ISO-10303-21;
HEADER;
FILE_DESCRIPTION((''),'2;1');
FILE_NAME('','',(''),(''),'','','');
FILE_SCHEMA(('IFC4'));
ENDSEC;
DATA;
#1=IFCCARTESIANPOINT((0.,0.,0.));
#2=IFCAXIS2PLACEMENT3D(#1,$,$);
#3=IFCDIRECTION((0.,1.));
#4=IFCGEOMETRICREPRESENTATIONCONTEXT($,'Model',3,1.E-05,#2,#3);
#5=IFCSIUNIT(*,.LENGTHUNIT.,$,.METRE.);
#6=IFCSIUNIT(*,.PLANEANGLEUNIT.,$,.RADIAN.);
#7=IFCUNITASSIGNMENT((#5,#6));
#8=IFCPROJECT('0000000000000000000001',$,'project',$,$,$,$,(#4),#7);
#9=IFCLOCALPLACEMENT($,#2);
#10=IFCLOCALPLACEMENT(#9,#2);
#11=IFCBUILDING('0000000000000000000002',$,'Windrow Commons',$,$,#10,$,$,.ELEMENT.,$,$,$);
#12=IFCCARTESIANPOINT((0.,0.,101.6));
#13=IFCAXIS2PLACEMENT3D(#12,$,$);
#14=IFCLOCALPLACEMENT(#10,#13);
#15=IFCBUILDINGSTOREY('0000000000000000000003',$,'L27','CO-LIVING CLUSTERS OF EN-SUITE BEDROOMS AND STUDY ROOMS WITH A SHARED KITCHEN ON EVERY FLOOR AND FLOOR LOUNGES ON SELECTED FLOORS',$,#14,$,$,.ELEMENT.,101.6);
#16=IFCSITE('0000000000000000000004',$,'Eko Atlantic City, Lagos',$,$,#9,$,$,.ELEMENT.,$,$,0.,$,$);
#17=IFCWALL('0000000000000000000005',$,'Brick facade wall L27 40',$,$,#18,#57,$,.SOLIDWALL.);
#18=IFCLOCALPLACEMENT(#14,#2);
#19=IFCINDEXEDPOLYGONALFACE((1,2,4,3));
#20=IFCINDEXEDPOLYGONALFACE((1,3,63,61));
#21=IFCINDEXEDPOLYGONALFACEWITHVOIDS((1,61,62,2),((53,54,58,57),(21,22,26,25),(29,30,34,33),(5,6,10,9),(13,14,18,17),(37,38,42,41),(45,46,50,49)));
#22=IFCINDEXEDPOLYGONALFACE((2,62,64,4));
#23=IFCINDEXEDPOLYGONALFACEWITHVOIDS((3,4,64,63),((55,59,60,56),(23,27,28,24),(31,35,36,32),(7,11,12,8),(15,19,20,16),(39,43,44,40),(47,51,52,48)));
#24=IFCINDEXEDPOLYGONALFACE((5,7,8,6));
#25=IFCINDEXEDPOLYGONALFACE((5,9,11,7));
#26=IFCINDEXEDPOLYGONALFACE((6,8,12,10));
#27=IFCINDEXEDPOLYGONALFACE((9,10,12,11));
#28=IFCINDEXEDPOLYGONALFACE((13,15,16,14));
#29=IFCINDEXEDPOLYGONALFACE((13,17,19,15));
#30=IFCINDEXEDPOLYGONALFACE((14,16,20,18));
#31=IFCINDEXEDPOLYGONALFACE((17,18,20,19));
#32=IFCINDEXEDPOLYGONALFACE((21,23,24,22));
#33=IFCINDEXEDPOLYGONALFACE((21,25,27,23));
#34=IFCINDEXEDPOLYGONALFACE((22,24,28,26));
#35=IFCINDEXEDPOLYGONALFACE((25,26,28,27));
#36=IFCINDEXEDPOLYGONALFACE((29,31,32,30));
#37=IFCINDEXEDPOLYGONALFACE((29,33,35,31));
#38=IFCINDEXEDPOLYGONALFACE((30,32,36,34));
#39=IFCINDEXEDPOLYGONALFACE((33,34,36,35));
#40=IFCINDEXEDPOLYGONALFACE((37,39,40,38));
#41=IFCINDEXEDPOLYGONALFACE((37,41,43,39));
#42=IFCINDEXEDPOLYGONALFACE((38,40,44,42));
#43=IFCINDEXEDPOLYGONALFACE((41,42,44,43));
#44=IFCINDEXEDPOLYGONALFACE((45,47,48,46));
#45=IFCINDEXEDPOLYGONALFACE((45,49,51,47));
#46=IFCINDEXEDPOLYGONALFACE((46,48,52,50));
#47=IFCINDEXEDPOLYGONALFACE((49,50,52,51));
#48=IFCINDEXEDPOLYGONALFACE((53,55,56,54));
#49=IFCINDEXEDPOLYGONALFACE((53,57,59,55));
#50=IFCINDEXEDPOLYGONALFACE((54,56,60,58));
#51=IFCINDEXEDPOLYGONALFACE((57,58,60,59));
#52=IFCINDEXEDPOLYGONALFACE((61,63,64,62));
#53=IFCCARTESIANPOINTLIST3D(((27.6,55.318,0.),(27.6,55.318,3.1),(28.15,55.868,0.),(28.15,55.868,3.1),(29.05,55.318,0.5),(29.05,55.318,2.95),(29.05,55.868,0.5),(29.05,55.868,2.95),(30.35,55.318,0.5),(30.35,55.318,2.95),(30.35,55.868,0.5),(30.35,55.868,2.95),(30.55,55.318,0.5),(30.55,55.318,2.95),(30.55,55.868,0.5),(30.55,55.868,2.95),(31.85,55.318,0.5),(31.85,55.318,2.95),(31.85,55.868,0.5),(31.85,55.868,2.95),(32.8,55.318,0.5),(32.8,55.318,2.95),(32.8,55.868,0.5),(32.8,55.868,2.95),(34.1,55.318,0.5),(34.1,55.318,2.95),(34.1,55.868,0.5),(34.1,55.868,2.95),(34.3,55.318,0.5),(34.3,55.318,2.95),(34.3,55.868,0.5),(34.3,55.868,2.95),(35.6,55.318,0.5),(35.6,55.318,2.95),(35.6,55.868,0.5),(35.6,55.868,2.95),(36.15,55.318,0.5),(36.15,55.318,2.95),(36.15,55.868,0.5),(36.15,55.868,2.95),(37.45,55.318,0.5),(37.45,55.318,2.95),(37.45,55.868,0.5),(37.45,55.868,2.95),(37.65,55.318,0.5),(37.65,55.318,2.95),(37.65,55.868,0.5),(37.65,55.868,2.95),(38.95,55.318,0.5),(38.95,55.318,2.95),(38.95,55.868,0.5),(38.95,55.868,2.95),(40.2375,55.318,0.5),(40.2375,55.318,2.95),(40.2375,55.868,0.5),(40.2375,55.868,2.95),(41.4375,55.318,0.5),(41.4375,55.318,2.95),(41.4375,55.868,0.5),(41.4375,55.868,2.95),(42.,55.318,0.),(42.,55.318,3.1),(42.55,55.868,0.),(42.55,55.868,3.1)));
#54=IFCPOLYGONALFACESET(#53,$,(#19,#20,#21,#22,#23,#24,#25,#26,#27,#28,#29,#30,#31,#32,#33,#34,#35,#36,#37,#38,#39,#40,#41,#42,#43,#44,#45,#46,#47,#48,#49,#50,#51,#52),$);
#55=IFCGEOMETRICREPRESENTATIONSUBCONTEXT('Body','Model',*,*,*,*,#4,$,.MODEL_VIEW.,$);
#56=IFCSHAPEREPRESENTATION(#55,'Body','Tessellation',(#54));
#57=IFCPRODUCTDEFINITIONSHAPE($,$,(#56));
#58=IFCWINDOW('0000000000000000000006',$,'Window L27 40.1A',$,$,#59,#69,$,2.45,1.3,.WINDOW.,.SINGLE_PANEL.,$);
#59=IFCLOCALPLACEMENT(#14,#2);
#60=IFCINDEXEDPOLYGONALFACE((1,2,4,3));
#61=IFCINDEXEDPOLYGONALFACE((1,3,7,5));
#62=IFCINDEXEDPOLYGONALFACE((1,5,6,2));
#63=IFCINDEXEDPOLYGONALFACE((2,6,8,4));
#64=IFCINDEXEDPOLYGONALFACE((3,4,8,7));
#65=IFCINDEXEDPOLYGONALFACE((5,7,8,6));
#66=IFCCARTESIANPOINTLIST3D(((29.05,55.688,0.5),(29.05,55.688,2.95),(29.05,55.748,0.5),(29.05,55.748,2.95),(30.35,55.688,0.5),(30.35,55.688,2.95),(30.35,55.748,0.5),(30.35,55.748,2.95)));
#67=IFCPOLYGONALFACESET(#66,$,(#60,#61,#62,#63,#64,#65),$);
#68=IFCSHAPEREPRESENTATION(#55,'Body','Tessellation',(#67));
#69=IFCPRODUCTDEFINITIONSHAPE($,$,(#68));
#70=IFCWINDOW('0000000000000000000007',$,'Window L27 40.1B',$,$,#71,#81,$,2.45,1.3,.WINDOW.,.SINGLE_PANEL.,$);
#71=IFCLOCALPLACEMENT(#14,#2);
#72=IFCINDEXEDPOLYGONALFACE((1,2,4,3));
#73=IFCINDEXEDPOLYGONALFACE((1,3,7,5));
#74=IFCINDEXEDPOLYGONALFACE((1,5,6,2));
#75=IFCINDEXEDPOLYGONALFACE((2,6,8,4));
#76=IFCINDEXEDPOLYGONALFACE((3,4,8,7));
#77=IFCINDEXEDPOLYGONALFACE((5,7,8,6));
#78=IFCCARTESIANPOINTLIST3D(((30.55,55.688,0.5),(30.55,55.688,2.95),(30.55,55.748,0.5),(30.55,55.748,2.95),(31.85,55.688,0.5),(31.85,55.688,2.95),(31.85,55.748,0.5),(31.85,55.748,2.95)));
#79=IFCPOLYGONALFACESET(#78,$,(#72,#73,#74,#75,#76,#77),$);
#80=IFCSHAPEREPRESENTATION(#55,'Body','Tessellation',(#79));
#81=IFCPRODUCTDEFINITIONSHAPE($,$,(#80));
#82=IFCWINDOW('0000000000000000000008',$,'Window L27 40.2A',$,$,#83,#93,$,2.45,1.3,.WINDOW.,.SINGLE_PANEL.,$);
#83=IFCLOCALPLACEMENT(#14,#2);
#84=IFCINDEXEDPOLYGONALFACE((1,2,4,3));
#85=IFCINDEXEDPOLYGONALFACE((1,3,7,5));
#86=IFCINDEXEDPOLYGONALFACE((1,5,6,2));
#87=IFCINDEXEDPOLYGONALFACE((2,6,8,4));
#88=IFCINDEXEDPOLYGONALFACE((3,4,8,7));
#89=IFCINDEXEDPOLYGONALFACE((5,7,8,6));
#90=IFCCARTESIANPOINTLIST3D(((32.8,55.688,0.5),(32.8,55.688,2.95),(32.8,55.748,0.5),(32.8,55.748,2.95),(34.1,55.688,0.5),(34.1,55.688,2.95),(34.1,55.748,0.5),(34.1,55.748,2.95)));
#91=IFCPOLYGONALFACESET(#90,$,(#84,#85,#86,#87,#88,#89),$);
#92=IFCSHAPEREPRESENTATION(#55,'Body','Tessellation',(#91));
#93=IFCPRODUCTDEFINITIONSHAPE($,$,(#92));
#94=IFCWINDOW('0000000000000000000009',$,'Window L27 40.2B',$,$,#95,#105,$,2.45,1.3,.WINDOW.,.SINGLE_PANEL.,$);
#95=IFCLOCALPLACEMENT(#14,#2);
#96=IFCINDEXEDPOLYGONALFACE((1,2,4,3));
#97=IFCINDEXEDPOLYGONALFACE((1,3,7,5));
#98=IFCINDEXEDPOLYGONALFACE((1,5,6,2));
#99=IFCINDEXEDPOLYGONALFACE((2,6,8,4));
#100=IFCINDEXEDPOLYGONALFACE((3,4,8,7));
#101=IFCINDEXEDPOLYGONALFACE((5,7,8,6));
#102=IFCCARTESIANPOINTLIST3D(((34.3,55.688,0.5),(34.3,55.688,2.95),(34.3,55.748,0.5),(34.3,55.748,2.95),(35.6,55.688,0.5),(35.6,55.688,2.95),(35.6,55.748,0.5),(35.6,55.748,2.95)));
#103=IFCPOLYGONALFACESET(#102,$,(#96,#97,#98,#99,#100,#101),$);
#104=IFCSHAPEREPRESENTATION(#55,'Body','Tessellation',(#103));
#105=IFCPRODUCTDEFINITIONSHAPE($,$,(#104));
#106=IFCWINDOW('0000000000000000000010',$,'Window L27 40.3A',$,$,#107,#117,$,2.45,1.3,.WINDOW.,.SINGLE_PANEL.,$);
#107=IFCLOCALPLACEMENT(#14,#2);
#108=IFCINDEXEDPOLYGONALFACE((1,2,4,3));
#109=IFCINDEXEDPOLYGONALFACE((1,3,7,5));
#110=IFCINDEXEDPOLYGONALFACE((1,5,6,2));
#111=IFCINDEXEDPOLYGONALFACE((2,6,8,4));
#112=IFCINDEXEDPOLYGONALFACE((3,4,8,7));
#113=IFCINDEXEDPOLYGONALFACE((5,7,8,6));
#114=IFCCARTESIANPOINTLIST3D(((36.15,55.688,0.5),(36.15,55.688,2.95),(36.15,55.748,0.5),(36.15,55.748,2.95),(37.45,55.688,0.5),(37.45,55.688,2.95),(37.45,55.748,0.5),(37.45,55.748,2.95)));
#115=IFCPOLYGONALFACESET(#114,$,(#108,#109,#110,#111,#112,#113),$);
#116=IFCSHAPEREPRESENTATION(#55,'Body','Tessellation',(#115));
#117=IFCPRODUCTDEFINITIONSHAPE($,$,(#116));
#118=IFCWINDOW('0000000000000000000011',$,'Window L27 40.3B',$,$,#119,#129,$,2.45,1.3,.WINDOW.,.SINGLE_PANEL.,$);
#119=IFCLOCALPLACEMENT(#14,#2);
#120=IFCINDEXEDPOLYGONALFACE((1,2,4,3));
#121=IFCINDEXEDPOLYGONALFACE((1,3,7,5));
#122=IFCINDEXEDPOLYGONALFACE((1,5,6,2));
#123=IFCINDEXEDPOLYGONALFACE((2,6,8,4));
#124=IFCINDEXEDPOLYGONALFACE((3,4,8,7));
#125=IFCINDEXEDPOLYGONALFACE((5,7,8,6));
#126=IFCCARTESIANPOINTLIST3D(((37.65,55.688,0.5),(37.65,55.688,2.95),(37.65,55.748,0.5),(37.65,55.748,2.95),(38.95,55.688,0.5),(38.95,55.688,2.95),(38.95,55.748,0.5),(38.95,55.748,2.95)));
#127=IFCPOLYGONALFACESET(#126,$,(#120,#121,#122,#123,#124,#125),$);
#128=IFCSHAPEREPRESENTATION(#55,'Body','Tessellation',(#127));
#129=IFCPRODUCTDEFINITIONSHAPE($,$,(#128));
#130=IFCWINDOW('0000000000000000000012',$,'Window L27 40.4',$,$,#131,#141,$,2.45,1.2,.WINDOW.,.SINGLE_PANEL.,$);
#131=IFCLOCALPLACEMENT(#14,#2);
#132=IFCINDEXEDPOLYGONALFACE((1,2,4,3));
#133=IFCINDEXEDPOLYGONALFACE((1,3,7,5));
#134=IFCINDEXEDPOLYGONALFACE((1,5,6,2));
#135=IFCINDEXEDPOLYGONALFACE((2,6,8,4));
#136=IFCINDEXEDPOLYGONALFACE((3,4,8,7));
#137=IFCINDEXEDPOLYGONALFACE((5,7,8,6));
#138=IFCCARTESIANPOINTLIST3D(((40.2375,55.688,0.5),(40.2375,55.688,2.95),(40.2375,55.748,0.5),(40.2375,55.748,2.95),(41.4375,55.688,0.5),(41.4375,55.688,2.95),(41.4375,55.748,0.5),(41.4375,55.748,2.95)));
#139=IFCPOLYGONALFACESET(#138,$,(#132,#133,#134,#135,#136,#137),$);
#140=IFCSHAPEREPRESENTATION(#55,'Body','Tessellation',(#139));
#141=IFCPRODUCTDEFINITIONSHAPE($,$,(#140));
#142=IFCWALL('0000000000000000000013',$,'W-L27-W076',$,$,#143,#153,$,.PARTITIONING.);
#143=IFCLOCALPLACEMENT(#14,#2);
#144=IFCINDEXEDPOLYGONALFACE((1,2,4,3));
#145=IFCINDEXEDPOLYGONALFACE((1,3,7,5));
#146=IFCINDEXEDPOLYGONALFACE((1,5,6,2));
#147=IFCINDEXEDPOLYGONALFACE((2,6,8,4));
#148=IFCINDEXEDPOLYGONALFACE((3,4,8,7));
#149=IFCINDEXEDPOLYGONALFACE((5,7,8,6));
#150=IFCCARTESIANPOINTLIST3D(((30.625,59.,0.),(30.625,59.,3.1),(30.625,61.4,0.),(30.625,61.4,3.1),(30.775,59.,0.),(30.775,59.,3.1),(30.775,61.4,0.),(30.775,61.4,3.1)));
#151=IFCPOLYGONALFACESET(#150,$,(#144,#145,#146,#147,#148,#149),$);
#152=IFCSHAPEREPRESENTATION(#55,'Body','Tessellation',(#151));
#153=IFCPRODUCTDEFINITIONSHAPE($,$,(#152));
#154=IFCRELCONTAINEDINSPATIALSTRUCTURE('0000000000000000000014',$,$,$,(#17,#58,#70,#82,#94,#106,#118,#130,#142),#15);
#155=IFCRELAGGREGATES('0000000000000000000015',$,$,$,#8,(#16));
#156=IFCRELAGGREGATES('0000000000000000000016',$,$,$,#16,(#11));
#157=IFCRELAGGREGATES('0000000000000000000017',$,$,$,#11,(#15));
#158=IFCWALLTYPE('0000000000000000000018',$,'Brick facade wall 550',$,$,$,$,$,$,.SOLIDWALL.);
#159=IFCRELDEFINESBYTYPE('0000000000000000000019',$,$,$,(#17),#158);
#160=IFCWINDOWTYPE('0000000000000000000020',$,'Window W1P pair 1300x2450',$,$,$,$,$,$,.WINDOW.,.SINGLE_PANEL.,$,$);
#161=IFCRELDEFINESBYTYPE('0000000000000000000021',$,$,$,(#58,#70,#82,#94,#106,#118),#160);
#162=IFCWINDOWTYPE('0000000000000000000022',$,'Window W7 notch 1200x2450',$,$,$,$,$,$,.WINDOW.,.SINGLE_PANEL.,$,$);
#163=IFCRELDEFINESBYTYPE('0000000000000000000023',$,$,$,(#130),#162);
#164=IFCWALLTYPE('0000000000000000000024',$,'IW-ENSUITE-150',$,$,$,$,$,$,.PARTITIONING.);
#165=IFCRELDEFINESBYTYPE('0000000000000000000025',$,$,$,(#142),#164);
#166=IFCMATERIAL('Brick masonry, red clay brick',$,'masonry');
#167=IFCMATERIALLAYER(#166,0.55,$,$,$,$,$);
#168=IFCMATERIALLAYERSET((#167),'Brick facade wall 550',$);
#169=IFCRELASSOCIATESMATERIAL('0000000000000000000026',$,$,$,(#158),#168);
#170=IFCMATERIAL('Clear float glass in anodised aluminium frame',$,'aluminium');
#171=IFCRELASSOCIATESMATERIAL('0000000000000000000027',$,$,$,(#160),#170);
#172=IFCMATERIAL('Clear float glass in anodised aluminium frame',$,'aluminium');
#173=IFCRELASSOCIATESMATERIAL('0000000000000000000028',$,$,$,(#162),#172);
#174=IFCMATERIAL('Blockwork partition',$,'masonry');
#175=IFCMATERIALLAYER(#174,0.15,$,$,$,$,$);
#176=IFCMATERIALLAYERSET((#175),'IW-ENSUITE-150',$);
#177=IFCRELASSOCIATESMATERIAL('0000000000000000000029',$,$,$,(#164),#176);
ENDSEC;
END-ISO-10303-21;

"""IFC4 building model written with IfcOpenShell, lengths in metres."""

from ifc_helpers import new_model, si_unit, direction, frame, frame_2d, origin, place, context, subcontext, project, spatial, polyline, rectangle, outline, extrude, material, layer, layer_set, type_object, element, fill, save


model = new_model("IFC4")

# Units and contexts
model_context = context("Model", 3, precision=1e-05, world=origin(), true_north=direction((0.0, 1.0)))
body_context = subcontext(model_context, "Body", "Model", "MODEL_VIEW")
ifc_project = project(units=[si_unit("LENGTHUNIT", "METRE"), si_unit("PLANEANGLEUNIT", "RADIAN")], contexts=[model_context])

# Site, building, storey
site_placement = place(None, origin())
site = spatial("IfcSite", under=ifc_project, at=site_placement, Name="Eko Atlantic City, Lagos", CompositionType="ELEMENT", RefElevation=0.0)
building_placement = place(site_placement, origin())
building = spatial("IfcBuilding", under=site, at=building_placement, Name="Windrow Commons", CompositionType="ELEMENT")
storey_placement = place(building_placement, frame((0.0, 0.0, 101.6)))
storey = spatial("IfcBuildingStorey", under=building, at=storey_placement, Name="L27", Description="CO-LIVING CLUSTERS OF EN-SUITE BEDROOMS AND STUDY ROOMS WITH A SHARED KITCHEN ON EVERY FLOOR AND FLOOR LOUNGES ON SELECTED FLOORS", CompositionType="ELEMENT", Elevation=101.6)

# Wall, openings, windows
ifc_material_1 = material(Name="Brick masonry, red clay brick", Category="masonry")
ifc_layer_1 = layer(ifc_material_1, 0.55)
ifc_layer_set_1 = layer_set([ifc_layer_1], Name="Brick facade wall 550")
wall_type_1 = type_object("IfcWallType", Name="Brick facade wall 550", PredefinedType="SOLIDWALL", material=ifc_layer_set_1)
wall_1_placement = place(storey_placement, frame((27.875, 55.593, 0.0), z_axis=(0.0, 0.0, 1.0), x_axis=(1.0, 0.0, 0.0)))
wall_1 = element("IfcWall", 1, at=wall_1_placement, inside=storey, type_object=wall_type_1, Name="Brick facade wall L27 40", PredefinedType="SOLIDWALL", context=body_context, shape_type="SweptSolid", body=[
    extrude(outline(polyline([(-0.275, -0.275), (14.125, -0.275), (14.675, 0.275), (0.275, 0.275), (-0.275, -0.275)])), origin(), (0.0, 0.0, 1.0), 3.1),
])
opening_1_placement = place(wall_1_placement, frame((1.175, 0.0, 0.5)))
opening_1 = element("IfcOpeningElement", 2, at=opening_1_placement, cuts=wall_1, PredefinedType="OPENING", context=body_context, shape_type="SweptSolid", body=[
    extrude(rectangle(XDim=1.3, YDim=2.45, at=frame_2d((0.65, 1.225))), frame((0.0, 0.285, 0.0), z_axis=(0.0, -1.0, 0.0), x_axis=(1.0, 0.0, 0.0)), (0.0, 0.0, 1.0), 0.57),
])
opening_2_placement = place(wall_1_placement, frame((2.675, 0.0, 0.5)))
opening_2 = element("IfcOpeningElement", 3, at=opening_2_placement, cuts=wall_1, PredefinedType="OPENING", context=body_context, shape_type="SweptSolid", body=[
    extrude(rectangle(XDim=1.3, YDim=2.45, at=frame_2d((0.65, 1.225))), frame((0.0, 0.285, 0.0), z_axis=(0.0, -1.0, 0.0), x_axis=(1.0, 0.0, 0.0)), (0.0, 0.0, 1.0), 0.57),
])
opening_3_placement = place(wall_1_placement, frame((4.925, 0.0, 0.5)))
opening_3 = element("IfcOpeningElement", 4, at=opening_3_placement, cuts=wall_1, PredefinedType="OPENING", context=body_context, shape_type="SweptSolid", body=[
    extrude(rectangle(XDim=1.3, YDim=2.45, at=frame_2d((0.65, 1.225))), frame((0.0, 0.285, 0.0), z_axis=(0.0, -1.0, 0.0), x_axis=(1.0, 0.0, 0.0)), (0.0, 0.0, 1.0), 0.57),
])
opening_4_placement = place(wall_1_placement, frame((6.425, 0.0, 0.5)))
opening_4 = element("IfcOpeningElement", 5, at=opening_4_placement, cuts=wall_1, PredefinedType="OPENING", context=body_context, shape_type="SweptSolid", body=[
    extrude(rectangle(XDim=1.3, YDim=2.45, at=frame_2d((0.65, 1.225))), frame((0.0, 0.285, 0.0), z_axis=(0.0, -1.0, 0.0), x_axis=(1.0, 0.0, 0.0)), (0.0, 0.0, 1.0), 0.57),
])
opening_5_placement = place(wall_1_placement, frame((8.275, 0.0, 0.5)))
opening_5 = element("IfcOpeningElement", 6, at=opening_5_placement, cuts=wall_1, PredefinedType="OPENING", context=body_context, shape_type="SweptSolid", body=[
    extrude(rectangle(XDim=1.3, YDim=2.45, at=frame_2d((0.65, 1.225))), frame((0.0, 0.285, 0.0), z_axis=(0.0, -1.0, 0.0), x_axis=(1.0, 0.0, 0.0)), (0.0, 0.0, 1.0), 0.57),
])
opening_6_placement = place(wall_1_placement, frame((9.775, 0.0, 0.5)))
opening_6 = element("IfcOpeningElement", 7, at=opening_6_placement, cuts=wall_1, PredefinedType="OPENING", context=body_context, shape_type="SweptSolid", body=[
    extrude(rectangle(XDim=1.3, YDim=2.45, at=frame_2d((0.65, 1.225))), frame((0.0, 0.285, 0.0), z_axis=(0.0, -1.0, 0.0), x_axis=(1.0, 0.0, 0.0)), (0.0, 0.0, 1.0), 0.57),
])
opening_7_placement = place(wall_1_placement, frame((12.3625, 0.0, 0.5)))
opening_7 = element("IfcOpeningElement", 8, at=opening_7_placement, cuts=wall_1, PredefinedType="OPENING", context=body_context, shape_type="SweptSolid", body=[
    extrude(rectangle(XDim=1.2, YDim=2.45, at=frame_2d((0.6, 1.225))), frame((0.0, 0.285, 0.0), z_axis=(0.0, -1.0, 0.0), x_axis=(1.0, 0.0, 0.0)), (0.0, 0.0, 1.0), 0.57),
])
ifc_material_2 = material(Name="Clear float glass in anodised aluminium frame", Category="aluminium")
window_type_1 = type_object("IfcWindowType", Name="Window W1P pair 1300x2450", PartitioningType="SINGLE_PANEL", PredefinedType="WINDOW", material=ifc_material_2)
window_1_placement = place(opening_1_placement, origin())
window_1 = element("IfcWindow", 9, at=window_1_placement, inside=storey, type_object=window_type_1, Name="Window L27 40.1A", OverallHeight=2.45, OverallWidth=1.3, PartitioningType="SINGLE_PANEL", PredefinedType="WINDOW", context=body_context, shape_type="SweptSolid", body=[
    extrude(rectangle(XDim=1.3, YDim=2.45, at=frame_2d((0.65, 1.225))), frame((0.0, 0.155, 0.0), z_axis=(0.0, -1.0, 0.0), x_axis=(1.0, 0.0, 0.0)), (0.0, 0.0, 1.0), 0.06),
])
fill(opening_1, window_1)
window_2_placement = place(opening_2_placement, origin())
window_2 = element("IfcWindow", 10, at=window_2_placement, inside=storey, type_object=window_type_1, Name="Window L27 40.1B", OverallHeight=2.45, OverallWidth=1.3, PartitioningType="SINGLE_PANEL", PredefinedType="WINDOW", context=body_context, shape_type="SweptSolid", body=[
    extrude(rectangle(XDim=1.3, YDim=2.45, at=frame_2d((0.65, 1.225))), frame((0.0, 0.155, 0.0), z_axis=(0.0, -1.0, 0.0), x_axis=(1.0, 0.0, 0.0)), (0.0, 0.0, 1.0), 0.06),
])
fill(opening_2, window_2)
window_3_placement = place(opening_3_placement, origin())
window_3 = element("IfcWindow", 11, at=window_3_placement, inside=storey, type_object=window_type_1, Name="Window L27 40.2A", OverallHeight=2.45, OverallWidth=1.3, PartitioningType="SINGLE_PANEL", PredefinedType="WINDOW", context=body_context, shape_type="SweptSolid", body=[
    extrude(rectangle(XDim=1.3, YDim=2.45, at=frame_2d((0.65, 1.225))), frame((0.0, 0.155, 0.0), z_axis=(0.0, -1.0, 0.0), x_axis=(1.0, 0.0, 0.0)), (0.0, 0.0, 1.0), 0.06),
])
fill(opening_3, window_3)
window_4_placement = place(opening_4_placement, origin())
window_4 = element("IfcWindow", 12, at=window_4_placement, inside=storey, type_object=window_type_1, Name="Window L27 40.2B", OverallHeight=2.45, OverallWidth=1.3, PartitioningType="SINGLE_PANEL", PredefinedType="WINDOW", context=body_context, shape_type="SweptSolid", body=[
    extrude(rectangle(XDim=1.3, YDim=2.45, at=frame_2d((0.65, 1.225))), frame((0.0, 0.155, 0.0), z_axis=(0.0, -1.0, 0.0), x_axis=(1.0, 0.0, 0.0)), (0.0, 0.0, 1.0), 0.06),
])
fill(opening_4, window_4)
window_5_placement = place(opening_5_placement, origin())
window_5 = element("IfcWindow", 13, at=window_5_placement, inside=storey, type_object=window_type_1, Name="Window L27 40.3A", OverallHeight=2.45, OverallWidth=1.3, PartitioningType="SINGLE_PANEL", PredefinedType="WINDOW", context=body_context, shape_type="SweptSolid", body=[
    extrude(rectangle(XDim=1.3, YDim=2.45, at=frame_2d((0.65, 1.225))), frame((0.0, 0.155, 0.0), z_axis=(0.0, -1.0, 0.0), x_axis=(1.0, 0.0, 0.0)), (0.0, 0.0, 1.0), 0.06),
])
fill(opening_5, window_5)
window_6_placement = place(opening_6_placement, origin())
window_6 = element("IfcWindow", 14, at=window_6_placement, inside=storey, type_object=window_type_1, Name="Window L27 40.3B", OverallHeight=2.45, OverallWidth=1.3, PartitioningType="SINGLE_PANEL", PredefinedType="WINDOW", context=body_context, shape_type="SweptSolid", body=[
    extrude(rectangle(XDim=1.3, YDim=2.45, at=frame_2d((0.65, 1.225))), frame((0.0, 0.155, 0.0), z_axis=(0.0, -1.0, 0.0), x_axis=(1.0, 0.0, 0.0)), (0.0, 0.0, 1.0), 0.06),
])
fill(opening_6, window_6)
ifc_material_3 = material(Name="Clear float glass in anodised aluminium frame", Category="aluminium")
window_type_2 = type_object("IfcWindowType", Name="Window W7 notch 1200x2450", PartitioningType="SINGLE_PANEL", PredefinedType="WINDOW", material=ifc_material_3)
window_7_placement = place(opening_7_placement, origin())
window_7 = element("IfcWindow", 15, at=window_7_placement, inside=storey, type_object=window_type_2, Name="Window L27 40.4", OverallHeight=2.45, OverallWidth=1.2, PartitioningType="SINGLE_PANEL", PredefinedType="WINDOW", context=body_context, shape_type="SweptSolid", body=[
    extrude(rectangle(XDim=1.2, YDim=2.45, at=frame_2d((0.6, 1.225))), frame((0.0, 0.155, 0.0), z_axis=(0.0, -1.0, 0.0), x_axis=(1.0, 0.0, 0.0)), (0.0, 0.0, 1.0), 0.06),
])
fill(opening_7, window_7)

# Wall
ifc_material_4 = material(Name="Blockwork partition", Category="masonry")
ifc_layer_2 = layer(ifc_material_4, 0.15)
ifc_layer_set_2 = layer_set([ifc_layer_2], Name="IW-ENSUITE-150")
wall_type_2 = type_object("IfcWallType", Name="IW-ENSUITE-150", PredefinedType="PARTITIONING", material=ifc_layer_set_2)
wall_2_placement = place(storey_placement, frame((30.7, 59.0, 0.0), z_axis=(0.0, 0.0, 1.0), x_axis=(0.0, 1.0, 0.0)))
element("IfcWall", 16, at=wall_2_placement, inside=storey, type_object=wall_type_2, Name="W-L27-W076", PredefinedType="PARTITIONING", context=body_context, shape_type="SweptSolid", body=[
    extrude(rectangle(XDim=2.4, YDim=0.15, at=frame_2d((1.2, 0.0))), origin(), (0.0, 0.0, 1.0), 3.1),
])

save(model, "model.ifc")
